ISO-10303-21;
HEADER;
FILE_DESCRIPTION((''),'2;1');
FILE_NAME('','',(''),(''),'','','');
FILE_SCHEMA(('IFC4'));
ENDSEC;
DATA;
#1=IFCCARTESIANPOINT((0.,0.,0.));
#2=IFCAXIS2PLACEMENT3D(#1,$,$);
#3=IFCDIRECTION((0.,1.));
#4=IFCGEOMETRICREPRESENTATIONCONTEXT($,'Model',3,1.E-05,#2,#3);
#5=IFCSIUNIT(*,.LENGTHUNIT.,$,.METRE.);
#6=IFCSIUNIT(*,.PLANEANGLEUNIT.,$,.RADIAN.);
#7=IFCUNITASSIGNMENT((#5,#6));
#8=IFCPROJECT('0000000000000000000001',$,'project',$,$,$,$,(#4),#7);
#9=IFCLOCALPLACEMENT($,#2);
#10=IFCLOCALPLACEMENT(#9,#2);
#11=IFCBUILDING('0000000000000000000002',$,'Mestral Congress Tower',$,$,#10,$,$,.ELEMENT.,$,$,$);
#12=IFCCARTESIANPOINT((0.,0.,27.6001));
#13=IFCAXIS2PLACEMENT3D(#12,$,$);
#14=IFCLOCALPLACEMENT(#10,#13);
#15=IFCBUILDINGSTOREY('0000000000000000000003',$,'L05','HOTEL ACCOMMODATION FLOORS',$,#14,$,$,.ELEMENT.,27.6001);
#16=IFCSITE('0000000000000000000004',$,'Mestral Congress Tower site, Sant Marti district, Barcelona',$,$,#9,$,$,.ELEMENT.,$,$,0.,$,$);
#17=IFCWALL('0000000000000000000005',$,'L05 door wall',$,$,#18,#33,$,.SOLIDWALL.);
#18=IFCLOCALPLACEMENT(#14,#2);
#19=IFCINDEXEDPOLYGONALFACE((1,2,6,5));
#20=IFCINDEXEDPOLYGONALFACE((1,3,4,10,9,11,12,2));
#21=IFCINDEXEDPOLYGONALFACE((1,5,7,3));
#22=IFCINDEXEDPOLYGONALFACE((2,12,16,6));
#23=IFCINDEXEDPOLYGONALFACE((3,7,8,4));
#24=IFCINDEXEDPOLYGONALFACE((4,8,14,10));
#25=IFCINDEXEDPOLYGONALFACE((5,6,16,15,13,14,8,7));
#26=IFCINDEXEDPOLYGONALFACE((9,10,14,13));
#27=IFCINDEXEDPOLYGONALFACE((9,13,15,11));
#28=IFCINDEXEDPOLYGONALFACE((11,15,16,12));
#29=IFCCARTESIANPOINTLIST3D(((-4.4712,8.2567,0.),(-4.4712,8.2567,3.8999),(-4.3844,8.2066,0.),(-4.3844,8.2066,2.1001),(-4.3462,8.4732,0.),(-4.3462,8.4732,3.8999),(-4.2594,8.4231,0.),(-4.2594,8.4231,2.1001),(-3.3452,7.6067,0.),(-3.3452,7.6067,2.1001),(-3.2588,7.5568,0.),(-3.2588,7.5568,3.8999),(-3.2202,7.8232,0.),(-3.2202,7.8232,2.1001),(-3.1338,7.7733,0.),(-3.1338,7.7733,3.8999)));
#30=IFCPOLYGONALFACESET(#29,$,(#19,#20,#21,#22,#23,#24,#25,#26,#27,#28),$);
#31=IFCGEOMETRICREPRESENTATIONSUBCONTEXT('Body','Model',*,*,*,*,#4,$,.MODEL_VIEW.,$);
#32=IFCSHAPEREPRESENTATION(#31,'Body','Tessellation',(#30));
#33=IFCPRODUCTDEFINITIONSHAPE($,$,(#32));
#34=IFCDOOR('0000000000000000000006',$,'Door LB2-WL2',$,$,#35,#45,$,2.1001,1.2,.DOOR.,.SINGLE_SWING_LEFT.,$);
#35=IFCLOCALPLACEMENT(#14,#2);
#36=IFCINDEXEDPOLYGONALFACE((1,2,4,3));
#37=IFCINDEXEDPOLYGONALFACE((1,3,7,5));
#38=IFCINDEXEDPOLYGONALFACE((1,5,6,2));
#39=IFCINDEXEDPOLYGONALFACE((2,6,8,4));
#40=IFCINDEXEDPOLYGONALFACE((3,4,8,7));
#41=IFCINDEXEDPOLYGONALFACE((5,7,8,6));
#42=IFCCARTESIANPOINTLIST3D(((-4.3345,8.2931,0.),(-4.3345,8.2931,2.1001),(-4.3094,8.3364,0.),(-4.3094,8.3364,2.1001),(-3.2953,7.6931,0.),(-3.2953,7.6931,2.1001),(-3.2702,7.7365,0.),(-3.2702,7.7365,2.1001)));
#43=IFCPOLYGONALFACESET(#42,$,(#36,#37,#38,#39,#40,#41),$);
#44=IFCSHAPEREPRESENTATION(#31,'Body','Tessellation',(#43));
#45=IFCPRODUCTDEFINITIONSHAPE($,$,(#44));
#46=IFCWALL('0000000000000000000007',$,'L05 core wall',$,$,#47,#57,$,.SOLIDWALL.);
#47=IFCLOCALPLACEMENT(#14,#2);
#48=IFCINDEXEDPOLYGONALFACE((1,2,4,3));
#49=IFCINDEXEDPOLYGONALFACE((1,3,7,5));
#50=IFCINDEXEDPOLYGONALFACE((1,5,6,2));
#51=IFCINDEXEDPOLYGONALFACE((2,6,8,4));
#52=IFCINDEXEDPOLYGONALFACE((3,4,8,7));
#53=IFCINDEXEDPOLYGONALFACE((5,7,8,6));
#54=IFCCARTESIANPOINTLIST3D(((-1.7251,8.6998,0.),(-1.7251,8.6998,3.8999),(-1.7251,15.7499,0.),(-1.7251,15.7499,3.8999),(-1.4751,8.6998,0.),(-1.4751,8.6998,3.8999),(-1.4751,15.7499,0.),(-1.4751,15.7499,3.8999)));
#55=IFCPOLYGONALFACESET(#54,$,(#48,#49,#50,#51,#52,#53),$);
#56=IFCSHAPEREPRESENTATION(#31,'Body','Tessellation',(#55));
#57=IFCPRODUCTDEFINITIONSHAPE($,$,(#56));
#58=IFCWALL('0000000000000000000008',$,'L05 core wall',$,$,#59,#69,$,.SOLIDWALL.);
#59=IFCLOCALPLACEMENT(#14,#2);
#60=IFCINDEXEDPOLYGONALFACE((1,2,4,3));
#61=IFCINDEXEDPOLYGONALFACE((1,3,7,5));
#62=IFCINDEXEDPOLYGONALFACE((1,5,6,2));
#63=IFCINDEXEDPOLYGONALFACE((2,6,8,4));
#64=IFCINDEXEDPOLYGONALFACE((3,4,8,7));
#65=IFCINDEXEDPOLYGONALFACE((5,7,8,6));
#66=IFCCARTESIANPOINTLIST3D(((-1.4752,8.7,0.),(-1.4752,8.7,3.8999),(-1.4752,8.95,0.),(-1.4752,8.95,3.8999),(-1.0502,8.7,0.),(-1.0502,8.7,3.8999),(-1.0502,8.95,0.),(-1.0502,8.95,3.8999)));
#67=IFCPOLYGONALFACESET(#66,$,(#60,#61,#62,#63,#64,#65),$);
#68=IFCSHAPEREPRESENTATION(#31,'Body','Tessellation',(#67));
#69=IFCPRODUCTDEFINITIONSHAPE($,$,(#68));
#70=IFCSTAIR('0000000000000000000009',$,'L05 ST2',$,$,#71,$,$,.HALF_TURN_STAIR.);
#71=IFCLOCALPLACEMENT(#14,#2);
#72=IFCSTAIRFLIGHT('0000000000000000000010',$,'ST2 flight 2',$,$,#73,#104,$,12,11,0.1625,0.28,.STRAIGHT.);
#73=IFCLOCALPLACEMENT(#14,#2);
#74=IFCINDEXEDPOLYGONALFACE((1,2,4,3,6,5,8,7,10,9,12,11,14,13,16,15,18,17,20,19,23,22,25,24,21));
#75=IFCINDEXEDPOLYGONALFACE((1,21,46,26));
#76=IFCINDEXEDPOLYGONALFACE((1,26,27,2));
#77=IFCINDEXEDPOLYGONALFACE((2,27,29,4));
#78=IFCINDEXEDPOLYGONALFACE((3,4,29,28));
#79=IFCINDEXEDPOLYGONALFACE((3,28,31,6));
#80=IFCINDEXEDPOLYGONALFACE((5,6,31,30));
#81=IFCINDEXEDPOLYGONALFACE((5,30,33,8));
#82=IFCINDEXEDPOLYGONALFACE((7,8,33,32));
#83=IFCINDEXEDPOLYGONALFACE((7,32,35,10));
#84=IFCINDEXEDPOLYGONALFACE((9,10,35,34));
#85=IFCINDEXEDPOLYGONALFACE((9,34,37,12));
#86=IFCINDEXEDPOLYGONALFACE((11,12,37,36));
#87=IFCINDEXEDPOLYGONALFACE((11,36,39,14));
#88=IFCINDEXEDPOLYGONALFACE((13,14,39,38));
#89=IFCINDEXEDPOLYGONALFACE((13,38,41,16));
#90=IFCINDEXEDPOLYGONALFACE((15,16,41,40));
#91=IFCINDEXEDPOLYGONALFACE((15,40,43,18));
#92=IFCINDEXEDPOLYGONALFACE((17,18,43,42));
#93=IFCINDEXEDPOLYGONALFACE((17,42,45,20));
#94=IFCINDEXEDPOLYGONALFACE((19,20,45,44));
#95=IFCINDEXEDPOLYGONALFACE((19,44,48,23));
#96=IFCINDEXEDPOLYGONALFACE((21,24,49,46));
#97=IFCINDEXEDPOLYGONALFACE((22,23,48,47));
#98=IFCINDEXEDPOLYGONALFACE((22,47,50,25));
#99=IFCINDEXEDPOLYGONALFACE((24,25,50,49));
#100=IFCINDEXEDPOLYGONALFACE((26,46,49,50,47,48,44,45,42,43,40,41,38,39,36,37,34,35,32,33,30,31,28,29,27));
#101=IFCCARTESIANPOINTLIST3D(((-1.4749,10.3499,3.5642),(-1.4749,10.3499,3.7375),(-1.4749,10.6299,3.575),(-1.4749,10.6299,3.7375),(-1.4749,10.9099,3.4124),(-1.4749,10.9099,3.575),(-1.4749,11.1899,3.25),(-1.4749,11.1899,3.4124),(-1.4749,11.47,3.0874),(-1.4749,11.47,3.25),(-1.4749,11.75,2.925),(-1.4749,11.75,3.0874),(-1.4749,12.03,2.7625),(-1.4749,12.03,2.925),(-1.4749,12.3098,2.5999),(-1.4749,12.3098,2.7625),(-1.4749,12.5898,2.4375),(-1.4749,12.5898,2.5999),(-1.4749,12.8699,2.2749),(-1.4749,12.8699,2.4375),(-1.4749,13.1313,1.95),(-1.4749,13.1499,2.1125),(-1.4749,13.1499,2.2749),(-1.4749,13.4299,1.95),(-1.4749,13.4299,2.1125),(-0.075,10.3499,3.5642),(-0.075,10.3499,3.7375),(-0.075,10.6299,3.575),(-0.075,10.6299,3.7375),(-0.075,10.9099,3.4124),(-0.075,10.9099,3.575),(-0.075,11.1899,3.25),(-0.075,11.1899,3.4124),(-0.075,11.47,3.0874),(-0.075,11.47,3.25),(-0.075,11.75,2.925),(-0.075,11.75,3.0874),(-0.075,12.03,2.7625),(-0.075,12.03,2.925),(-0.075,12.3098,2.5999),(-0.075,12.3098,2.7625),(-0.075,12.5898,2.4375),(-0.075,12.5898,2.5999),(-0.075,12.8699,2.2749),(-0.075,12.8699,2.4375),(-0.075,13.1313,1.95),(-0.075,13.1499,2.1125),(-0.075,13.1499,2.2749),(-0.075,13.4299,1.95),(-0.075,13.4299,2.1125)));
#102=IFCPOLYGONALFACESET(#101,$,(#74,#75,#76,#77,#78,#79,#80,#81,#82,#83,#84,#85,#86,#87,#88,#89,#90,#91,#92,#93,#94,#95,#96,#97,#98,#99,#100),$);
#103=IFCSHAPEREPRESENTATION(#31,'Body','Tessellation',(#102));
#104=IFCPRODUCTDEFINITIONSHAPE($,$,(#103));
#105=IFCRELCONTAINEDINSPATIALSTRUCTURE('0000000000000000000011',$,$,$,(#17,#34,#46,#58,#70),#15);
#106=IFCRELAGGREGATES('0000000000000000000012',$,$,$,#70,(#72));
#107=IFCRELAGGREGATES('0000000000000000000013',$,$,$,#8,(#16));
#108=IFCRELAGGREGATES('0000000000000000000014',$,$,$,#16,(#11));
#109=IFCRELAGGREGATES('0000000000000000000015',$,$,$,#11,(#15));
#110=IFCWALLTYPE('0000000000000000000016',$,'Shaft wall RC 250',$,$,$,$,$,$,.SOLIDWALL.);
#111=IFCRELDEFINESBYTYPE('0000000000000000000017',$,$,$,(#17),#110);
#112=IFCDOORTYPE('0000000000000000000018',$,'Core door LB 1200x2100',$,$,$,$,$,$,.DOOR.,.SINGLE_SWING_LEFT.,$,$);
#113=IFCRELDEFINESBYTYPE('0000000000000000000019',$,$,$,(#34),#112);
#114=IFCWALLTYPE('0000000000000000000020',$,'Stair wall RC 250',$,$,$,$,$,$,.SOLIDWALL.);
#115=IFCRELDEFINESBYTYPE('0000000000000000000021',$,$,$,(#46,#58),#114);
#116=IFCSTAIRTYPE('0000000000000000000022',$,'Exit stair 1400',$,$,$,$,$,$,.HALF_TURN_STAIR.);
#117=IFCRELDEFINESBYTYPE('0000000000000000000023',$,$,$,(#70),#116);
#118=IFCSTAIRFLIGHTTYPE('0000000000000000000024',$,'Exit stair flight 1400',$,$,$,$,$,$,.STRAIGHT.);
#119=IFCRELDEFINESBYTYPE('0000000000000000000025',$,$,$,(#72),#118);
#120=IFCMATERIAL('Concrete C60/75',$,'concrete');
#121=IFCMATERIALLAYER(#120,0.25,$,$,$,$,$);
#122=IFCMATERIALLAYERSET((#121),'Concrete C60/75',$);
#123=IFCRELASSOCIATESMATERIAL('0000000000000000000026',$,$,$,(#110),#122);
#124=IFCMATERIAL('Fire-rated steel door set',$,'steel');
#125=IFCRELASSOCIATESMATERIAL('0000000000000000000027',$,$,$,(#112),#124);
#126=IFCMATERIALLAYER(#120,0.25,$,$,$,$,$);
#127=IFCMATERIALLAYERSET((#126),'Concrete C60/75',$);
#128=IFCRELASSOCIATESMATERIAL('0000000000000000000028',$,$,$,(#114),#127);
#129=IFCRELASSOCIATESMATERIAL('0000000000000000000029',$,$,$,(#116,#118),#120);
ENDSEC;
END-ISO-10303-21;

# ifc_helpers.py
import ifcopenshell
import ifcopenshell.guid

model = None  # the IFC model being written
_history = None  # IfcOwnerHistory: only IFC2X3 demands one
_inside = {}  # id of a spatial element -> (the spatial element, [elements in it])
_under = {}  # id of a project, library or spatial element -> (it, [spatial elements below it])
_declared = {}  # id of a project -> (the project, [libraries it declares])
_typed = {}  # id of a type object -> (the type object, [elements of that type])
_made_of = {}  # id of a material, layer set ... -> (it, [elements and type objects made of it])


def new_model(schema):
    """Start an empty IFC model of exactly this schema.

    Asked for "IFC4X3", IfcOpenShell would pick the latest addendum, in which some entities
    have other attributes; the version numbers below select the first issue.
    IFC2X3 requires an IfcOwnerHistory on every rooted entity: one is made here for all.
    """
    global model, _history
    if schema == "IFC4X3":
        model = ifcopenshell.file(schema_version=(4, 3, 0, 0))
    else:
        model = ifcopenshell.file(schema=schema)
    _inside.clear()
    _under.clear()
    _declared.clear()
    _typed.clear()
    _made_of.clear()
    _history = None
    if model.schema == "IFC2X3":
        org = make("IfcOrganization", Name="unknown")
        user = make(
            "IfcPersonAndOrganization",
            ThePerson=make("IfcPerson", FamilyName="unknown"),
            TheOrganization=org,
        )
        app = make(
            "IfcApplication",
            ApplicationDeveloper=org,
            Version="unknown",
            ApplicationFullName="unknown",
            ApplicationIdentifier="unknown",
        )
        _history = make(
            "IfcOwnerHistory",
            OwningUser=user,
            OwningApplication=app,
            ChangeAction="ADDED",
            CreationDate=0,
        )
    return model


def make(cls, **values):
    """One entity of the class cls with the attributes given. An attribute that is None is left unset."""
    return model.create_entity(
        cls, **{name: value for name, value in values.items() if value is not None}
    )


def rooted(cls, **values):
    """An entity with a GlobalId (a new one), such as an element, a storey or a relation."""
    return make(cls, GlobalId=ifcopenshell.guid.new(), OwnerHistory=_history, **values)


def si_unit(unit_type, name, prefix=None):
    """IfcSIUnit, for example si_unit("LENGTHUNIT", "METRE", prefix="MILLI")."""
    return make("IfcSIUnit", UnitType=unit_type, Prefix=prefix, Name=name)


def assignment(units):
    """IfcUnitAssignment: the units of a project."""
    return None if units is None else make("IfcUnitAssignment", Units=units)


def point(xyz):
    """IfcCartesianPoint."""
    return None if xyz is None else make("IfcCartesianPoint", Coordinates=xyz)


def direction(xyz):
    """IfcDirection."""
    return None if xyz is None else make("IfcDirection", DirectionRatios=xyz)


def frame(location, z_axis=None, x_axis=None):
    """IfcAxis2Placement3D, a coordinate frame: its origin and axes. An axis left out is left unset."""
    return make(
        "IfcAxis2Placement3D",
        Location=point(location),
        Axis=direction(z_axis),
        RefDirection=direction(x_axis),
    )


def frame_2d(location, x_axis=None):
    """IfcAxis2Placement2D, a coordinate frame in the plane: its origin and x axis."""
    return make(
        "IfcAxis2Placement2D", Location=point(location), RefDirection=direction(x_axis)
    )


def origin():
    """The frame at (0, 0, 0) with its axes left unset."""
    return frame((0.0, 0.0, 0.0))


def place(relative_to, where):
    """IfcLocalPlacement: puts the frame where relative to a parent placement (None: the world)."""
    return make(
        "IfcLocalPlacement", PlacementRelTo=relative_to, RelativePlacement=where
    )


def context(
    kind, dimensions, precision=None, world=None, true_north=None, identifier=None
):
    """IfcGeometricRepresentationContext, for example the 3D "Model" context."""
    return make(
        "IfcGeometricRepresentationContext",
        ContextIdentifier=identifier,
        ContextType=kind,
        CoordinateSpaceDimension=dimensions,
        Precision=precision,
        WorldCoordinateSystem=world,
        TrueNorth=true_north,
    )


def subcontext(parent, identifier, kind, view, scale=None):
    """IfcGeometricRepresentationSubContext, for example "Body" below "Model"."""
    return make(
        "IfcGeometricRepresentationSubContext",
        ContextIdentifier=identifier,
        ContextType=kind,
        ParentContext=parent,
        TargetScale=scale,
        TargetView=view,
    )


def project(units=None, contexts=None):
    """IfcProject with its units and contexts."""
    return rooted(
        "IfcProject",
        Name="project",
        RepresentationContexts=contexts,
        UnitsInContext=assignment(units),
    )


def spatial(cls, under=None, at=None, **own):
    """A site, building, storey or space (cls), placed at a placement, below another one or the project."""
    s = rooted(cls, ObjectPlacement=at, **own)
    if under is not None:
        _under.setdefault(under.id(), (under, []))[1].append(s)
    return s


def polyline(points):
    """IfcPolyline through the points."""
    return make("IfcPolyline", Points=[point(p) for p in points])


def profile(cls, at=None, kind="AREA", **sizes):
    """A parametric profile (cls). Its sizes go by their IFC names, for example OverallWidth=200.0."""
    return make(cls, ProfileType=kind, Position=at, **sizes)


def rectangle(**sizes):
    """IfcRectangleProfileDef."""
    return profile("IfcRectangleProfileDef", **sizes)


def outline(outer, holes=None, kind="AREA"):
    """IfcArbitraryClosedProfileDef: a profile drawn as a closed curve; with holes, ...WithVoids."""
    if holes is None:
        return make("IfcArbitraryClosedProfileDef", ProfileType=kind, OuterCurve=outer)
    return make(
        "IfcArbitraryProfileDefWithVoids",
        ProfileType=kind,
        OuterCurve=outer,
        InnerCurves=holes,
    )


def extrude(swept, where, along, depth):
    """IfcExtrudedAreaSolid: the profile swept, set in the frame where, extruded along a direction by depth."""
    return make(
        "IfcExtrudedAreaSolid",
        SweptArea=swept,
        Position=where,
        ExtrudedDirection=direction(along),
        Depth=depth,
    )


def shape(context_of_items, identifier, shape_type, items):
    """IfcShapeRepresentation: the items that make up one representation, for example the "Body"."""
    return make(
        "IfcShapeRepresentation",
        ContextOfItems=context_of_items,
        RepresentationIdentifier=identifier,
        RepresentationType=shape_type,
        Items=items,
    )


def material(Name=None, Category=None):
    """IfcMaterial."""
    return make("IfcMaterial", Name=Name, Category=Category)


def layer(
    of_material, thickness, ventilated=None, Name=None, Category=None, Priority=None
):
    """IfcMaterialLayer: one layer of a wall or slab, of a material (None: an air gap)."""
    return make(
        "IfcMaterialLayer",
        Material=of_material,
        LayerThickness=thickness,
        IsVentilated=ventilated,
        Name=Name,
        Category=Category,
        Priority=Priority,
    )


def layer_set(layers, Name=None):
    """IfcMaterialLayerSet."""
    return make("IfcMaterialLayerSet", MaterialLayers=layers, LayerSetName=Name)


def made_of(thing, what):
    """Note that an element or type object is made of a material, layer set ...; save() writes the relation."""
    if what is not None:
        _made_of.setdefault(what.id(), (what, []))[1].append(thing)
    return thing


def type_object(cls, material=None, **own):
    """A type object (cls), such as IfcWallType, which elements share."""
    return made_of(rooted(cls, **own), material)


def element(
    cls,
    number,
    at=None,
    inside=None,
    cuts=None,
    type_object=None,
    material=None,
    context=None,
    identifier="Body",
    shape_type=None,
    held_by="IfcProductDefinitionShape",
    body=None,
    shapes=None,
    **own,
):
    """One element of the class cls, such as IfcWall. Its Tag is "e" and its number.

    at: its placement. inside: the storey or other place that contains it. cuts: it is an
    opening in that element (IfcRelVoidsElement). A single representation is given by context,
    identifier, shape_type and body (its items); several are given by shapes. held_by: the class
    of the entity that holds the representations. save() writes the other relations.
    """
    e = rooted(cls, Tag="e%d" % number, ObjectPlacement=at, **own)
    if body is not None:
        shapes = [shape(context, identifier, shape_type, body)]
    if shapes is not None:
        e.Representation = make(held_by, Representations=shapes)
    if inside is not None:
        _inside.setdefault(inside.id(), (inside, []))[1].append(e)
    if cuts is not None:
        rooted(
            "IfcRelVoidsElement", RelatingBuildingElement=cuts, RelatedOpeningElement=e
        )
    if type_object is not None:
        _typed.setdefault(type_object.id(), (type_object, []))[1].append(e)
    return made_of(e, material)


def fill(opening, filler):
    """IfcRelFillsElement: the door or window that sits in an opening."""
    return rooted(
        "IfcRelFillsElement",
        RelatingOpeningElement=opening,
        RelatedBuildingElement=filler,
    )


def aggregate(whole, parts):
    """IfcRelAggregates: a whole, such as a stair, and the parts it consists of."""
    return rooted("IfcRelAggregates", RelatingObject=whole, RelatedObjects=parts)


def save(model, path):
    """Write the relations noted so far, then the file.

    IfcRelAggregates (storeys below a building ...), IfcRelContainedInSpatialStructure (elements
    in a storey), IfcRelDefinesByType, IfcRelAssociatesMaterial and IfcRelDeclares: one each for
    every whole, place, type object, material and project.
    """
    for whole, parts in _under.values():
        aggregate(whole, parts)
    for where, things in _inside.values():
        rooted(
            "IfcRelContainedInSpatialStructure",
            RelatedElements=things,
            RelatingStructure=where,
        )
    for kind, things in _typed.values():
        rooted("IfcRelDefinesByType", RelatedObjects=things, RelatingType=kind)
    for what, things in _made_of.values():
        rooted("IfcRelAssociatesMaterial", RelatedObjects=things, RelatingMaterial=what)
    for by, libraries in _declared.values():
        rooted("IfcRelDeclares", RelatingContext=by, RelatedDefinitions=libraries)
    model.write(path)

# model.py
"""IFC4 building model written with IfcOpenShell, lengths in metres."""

from ifc_helpers import new_model, si_unit, direction, frame, frame_2d, origin, place, context, subcontext, project, spatial, polyline, rectangle, outline, extrude, material, layer, layer_set, type_object, element, fill, aggregate, save


model = new_model("IFC4")

# Units and contexts
model_context = context("Model", 3, precision=1e-05, world=origin(), true_north=direction((0.0, 1.0)))
body_context = subcontext(model_context, "Body", "Model", "MODEL_VIEW")
ifc_project = project(units=[si_unit("LENGTHUNIT", "METRE"), si_unit("PLANEANGLEUNIT", "RADIAN")], contexts=[model_context])

# Site, building, storey
site_placement = place(None, origin())
site = spatial("IfcSite", under=ifc_project, at=site_placement, Name="Mestral Congress Tower site, Sant Marti district, Barcelona", CompositionType="ELEMENT", RefElevation=0.0)
building_placement = place(site_placement, origin())
building = spatial("IfcBuilding", under=site, at=building_placement, Name="Mestral Congress Tower", CompositionType="ELEMENT")
storey_placement = place(building_placement, frame((0.0, 0.0, 27.6001)))
storey = spatial("IfcBuildingStorey", under=building, at=storey_placement, Name="L05", Description="HOTEL ACCOMMODATION FLOORS", CompositionType="ELEMENT", Elevation=27.6001)

# Shared definitions
ifc_material_1 = material(Name="Fire-rated steel door set", Category="steel")

# Shared definitions
ifc_material_2 = material(Name="Concrete C60/75", Category="concrete")
ifc_layer_1 = layer(ifc_material_2, 0.25)
ifc_layer_set_1 = layer_set([ifc_layer_1], Name="Concrete C60/75")
wall_type_1 = type_object("IfcWallType", Name="Shaft wall RC 250", PredefinedType="SOLIDWALL", material=ifc_layer_set_1)

# Wall, opening, door
wall_1_placement = place(storey_placement, frame((-4.4087, 8.365, 0.0), z_axis=(0.0, 0.0, 1.0), x_axis=(0.866035, -0.499984, 0.0)))
wall_1 = element("IfcWall", 1, at=wall_1_placement, inside=storey, type_object=wall_type_1, Name="L05 door wall", PredefinedType="SOLIDWALL", context=body_context, shape_type="SweptSolid", body=[
    extrude(rectangle(XDim=1.3999, YDim=0.25, at=frame_2d((0.7, 0.0))), origin(), (0.0, 0.0, 1.0), 3.8999),
])
opening_1_placement = place(wall_1_placement, frame((0.1001, 0.0, 0.0)))
opening_1 = element("IfcOpeningElement", 2, at=opening_1_placement, cuts=wall_1, PredefinedType="OPENING", context=body_context, shape_type="SweptSolid", body=[
    extrude(rectangle(XDim=1.2, YDim=2.1001, at=frame_2d((0.6001, 1.05))), frame((0.0, 0.135, 0.0), z_axis=(0.0, -1.0, 0.0), x_axis=(1.0, 0.0, 0.0)), (0.0, 0.0, 1.0), 0.27),
])
door_type_1 = type_object("IfcDoorType", Name="Core door LB 1200x2100", OperationType="SINGLE_SWING_LEFT", PredefinedType="DOOR", material=ifc_material_1)
door_1_placement = place(opening_1_placement, origin())
door_1 = element("IfcDoor", 3, at=door_1_placement, inside=storey, type_object=door_type_1, Name="Door LB2-WL2", OperationType="SINGLE_SWING_LEFT", OverallHeight=2.1001, OverallWidth=1.2, PredefinedType="DOOR", context=body_context, shape_type="SweptSolid", body=[
    extrude(rectangle(XDim=1.2, YDim=2.1001, at=frame_2d((0.6001, 1.05))), frame((0.0, 0.0249, 0.0), z_axis=(0.0, -1.0, 0.0), x_axis=(1.0, 0.0, 0.0)), (0.0, 0.0, 1.0), 0.05),
])
fill(opening_1, door_1)

# Walls
ifc_layer_2 = layer(ifc_material_2, 0.25)
ifc_layer_set_2 = layer_set([ifc_layer_2], Name="Concrete C60/75")
wall_type_2 = type_object("IfcWallType", Name="Stair wall RC 250", PredefinedType="SOLIDWALL", material=ifc_layer_set_2)
wall_2_placement = place(storey_placement, frame((-1.6001, 8.7, 0.0), z_axis=(0.0, 0.0, 1.0), x_axis=(0.0, 1.0, 0.0)))
element("IfcWall", 4, at=wall_2_placement, inside=storey, type_object=wall_type_2, Name="L05 core wall", PredefinedType="SOLIDWALL", context=body_context, shape_type="SweptSolid", body=[
    extrude(rectangle(XDim=7.05, YDim=0.25, at=frame_2d((3.5249, 0.0))), origin(), (0.0, 0.0, 1.0), 3.8999),
])
wall_3_placement = place(storey_placement, frame((-1.4751, 8.825, 0.0), z_axis=(0.0, 0.0, 1.0), x_axis=(1.0, 0.0, 0.0)))
element("IfcWall", 5, at=wall_3_placement, inside=storey, type_object=wall_type_2, Name="L05 core wall", PredefinedType="SOLIDWALL", context=body_context, shape_type="SweptSolid", body=[
    extrude(rectangle(XDim=0.425, YDim=0.25, at=frame_2d((0.2124, 0.0))), origin(), (0.0, 0.0, 1.0), 3.8999),
])

# Stair, stair flight
stair_type = type_object("IfcStairType", Name="Exit stair 1400", PredefinedType="HALF_TURN_STAIR", material=ifc_material_2)
stair_placement = place(storey_placement, origin())
stair = element("IfcStair", 6, at=stair_placement, inside=storey, type_object=stair_type, Name="L05 ST2", PredefinedType="HALF_TURN_STAIR")
stair_flight_type = type_object("IfcStairFlightType", Name="Exit stair flight 1400", PredefinedType="STRAIGHT", material=ifc_material_2)
stair_flight_placement = place(storey_placement, frame((-0.7749, 13.4299, 1.95), z_axis=(0.0, 0.0, 1.0), x_axis=(0.0, -1.0, 0.0)))
stair_flight = element("IfcStairFlight", 7, at=stair_flight_placement, type_object=stair_flight_type, Name="ST2 flight 2", NumberOfRisers=12, NumberOfTreads=11, PredefinedType="STRAIGHT", RiserHeight=0.1625, TreadLength=0.28, context=body_context, shape_type="SweptSolid", body=[
    extrude(outline(polyline([(0.0, 0.0), (0.0, 0.1626), (0.28, 0.1626), (0.28, 0.325), (0.5601, 0.325), (0.5601, 0.4875), (0.8401, 0.4875), (0.8401, 0.6499), (1.1201, 0.6499), (1.1201, 0.8125), (1.3999, 0.8125), (1.3999, 0.9751), (1.6799, 0.9751), (1.6799, 1.1375), (1.96, 1.1375), (1.96, 1.3), (2.24, 1.3), (2.24, 1.4624), (2.52, 1.4624), (2.52, 1.625), (2.8, 1.625), (2.8, 1.7876), (3.0801, 1.7876), (3.0801, 1.95), (3.0801, 1.6143), (0.2986, 0.0), (0.0, 0.0)])), frame((0.0, 0.7, 0.0), z_axis=(0.0, -1.0, 0.0), x_axis=(1.0, 0.0, 0.0)), (0.0, 0.0, 1.0), 1.3999),
])
aggregate(stair, [stair_flight])

save(model, "model.ifc")
